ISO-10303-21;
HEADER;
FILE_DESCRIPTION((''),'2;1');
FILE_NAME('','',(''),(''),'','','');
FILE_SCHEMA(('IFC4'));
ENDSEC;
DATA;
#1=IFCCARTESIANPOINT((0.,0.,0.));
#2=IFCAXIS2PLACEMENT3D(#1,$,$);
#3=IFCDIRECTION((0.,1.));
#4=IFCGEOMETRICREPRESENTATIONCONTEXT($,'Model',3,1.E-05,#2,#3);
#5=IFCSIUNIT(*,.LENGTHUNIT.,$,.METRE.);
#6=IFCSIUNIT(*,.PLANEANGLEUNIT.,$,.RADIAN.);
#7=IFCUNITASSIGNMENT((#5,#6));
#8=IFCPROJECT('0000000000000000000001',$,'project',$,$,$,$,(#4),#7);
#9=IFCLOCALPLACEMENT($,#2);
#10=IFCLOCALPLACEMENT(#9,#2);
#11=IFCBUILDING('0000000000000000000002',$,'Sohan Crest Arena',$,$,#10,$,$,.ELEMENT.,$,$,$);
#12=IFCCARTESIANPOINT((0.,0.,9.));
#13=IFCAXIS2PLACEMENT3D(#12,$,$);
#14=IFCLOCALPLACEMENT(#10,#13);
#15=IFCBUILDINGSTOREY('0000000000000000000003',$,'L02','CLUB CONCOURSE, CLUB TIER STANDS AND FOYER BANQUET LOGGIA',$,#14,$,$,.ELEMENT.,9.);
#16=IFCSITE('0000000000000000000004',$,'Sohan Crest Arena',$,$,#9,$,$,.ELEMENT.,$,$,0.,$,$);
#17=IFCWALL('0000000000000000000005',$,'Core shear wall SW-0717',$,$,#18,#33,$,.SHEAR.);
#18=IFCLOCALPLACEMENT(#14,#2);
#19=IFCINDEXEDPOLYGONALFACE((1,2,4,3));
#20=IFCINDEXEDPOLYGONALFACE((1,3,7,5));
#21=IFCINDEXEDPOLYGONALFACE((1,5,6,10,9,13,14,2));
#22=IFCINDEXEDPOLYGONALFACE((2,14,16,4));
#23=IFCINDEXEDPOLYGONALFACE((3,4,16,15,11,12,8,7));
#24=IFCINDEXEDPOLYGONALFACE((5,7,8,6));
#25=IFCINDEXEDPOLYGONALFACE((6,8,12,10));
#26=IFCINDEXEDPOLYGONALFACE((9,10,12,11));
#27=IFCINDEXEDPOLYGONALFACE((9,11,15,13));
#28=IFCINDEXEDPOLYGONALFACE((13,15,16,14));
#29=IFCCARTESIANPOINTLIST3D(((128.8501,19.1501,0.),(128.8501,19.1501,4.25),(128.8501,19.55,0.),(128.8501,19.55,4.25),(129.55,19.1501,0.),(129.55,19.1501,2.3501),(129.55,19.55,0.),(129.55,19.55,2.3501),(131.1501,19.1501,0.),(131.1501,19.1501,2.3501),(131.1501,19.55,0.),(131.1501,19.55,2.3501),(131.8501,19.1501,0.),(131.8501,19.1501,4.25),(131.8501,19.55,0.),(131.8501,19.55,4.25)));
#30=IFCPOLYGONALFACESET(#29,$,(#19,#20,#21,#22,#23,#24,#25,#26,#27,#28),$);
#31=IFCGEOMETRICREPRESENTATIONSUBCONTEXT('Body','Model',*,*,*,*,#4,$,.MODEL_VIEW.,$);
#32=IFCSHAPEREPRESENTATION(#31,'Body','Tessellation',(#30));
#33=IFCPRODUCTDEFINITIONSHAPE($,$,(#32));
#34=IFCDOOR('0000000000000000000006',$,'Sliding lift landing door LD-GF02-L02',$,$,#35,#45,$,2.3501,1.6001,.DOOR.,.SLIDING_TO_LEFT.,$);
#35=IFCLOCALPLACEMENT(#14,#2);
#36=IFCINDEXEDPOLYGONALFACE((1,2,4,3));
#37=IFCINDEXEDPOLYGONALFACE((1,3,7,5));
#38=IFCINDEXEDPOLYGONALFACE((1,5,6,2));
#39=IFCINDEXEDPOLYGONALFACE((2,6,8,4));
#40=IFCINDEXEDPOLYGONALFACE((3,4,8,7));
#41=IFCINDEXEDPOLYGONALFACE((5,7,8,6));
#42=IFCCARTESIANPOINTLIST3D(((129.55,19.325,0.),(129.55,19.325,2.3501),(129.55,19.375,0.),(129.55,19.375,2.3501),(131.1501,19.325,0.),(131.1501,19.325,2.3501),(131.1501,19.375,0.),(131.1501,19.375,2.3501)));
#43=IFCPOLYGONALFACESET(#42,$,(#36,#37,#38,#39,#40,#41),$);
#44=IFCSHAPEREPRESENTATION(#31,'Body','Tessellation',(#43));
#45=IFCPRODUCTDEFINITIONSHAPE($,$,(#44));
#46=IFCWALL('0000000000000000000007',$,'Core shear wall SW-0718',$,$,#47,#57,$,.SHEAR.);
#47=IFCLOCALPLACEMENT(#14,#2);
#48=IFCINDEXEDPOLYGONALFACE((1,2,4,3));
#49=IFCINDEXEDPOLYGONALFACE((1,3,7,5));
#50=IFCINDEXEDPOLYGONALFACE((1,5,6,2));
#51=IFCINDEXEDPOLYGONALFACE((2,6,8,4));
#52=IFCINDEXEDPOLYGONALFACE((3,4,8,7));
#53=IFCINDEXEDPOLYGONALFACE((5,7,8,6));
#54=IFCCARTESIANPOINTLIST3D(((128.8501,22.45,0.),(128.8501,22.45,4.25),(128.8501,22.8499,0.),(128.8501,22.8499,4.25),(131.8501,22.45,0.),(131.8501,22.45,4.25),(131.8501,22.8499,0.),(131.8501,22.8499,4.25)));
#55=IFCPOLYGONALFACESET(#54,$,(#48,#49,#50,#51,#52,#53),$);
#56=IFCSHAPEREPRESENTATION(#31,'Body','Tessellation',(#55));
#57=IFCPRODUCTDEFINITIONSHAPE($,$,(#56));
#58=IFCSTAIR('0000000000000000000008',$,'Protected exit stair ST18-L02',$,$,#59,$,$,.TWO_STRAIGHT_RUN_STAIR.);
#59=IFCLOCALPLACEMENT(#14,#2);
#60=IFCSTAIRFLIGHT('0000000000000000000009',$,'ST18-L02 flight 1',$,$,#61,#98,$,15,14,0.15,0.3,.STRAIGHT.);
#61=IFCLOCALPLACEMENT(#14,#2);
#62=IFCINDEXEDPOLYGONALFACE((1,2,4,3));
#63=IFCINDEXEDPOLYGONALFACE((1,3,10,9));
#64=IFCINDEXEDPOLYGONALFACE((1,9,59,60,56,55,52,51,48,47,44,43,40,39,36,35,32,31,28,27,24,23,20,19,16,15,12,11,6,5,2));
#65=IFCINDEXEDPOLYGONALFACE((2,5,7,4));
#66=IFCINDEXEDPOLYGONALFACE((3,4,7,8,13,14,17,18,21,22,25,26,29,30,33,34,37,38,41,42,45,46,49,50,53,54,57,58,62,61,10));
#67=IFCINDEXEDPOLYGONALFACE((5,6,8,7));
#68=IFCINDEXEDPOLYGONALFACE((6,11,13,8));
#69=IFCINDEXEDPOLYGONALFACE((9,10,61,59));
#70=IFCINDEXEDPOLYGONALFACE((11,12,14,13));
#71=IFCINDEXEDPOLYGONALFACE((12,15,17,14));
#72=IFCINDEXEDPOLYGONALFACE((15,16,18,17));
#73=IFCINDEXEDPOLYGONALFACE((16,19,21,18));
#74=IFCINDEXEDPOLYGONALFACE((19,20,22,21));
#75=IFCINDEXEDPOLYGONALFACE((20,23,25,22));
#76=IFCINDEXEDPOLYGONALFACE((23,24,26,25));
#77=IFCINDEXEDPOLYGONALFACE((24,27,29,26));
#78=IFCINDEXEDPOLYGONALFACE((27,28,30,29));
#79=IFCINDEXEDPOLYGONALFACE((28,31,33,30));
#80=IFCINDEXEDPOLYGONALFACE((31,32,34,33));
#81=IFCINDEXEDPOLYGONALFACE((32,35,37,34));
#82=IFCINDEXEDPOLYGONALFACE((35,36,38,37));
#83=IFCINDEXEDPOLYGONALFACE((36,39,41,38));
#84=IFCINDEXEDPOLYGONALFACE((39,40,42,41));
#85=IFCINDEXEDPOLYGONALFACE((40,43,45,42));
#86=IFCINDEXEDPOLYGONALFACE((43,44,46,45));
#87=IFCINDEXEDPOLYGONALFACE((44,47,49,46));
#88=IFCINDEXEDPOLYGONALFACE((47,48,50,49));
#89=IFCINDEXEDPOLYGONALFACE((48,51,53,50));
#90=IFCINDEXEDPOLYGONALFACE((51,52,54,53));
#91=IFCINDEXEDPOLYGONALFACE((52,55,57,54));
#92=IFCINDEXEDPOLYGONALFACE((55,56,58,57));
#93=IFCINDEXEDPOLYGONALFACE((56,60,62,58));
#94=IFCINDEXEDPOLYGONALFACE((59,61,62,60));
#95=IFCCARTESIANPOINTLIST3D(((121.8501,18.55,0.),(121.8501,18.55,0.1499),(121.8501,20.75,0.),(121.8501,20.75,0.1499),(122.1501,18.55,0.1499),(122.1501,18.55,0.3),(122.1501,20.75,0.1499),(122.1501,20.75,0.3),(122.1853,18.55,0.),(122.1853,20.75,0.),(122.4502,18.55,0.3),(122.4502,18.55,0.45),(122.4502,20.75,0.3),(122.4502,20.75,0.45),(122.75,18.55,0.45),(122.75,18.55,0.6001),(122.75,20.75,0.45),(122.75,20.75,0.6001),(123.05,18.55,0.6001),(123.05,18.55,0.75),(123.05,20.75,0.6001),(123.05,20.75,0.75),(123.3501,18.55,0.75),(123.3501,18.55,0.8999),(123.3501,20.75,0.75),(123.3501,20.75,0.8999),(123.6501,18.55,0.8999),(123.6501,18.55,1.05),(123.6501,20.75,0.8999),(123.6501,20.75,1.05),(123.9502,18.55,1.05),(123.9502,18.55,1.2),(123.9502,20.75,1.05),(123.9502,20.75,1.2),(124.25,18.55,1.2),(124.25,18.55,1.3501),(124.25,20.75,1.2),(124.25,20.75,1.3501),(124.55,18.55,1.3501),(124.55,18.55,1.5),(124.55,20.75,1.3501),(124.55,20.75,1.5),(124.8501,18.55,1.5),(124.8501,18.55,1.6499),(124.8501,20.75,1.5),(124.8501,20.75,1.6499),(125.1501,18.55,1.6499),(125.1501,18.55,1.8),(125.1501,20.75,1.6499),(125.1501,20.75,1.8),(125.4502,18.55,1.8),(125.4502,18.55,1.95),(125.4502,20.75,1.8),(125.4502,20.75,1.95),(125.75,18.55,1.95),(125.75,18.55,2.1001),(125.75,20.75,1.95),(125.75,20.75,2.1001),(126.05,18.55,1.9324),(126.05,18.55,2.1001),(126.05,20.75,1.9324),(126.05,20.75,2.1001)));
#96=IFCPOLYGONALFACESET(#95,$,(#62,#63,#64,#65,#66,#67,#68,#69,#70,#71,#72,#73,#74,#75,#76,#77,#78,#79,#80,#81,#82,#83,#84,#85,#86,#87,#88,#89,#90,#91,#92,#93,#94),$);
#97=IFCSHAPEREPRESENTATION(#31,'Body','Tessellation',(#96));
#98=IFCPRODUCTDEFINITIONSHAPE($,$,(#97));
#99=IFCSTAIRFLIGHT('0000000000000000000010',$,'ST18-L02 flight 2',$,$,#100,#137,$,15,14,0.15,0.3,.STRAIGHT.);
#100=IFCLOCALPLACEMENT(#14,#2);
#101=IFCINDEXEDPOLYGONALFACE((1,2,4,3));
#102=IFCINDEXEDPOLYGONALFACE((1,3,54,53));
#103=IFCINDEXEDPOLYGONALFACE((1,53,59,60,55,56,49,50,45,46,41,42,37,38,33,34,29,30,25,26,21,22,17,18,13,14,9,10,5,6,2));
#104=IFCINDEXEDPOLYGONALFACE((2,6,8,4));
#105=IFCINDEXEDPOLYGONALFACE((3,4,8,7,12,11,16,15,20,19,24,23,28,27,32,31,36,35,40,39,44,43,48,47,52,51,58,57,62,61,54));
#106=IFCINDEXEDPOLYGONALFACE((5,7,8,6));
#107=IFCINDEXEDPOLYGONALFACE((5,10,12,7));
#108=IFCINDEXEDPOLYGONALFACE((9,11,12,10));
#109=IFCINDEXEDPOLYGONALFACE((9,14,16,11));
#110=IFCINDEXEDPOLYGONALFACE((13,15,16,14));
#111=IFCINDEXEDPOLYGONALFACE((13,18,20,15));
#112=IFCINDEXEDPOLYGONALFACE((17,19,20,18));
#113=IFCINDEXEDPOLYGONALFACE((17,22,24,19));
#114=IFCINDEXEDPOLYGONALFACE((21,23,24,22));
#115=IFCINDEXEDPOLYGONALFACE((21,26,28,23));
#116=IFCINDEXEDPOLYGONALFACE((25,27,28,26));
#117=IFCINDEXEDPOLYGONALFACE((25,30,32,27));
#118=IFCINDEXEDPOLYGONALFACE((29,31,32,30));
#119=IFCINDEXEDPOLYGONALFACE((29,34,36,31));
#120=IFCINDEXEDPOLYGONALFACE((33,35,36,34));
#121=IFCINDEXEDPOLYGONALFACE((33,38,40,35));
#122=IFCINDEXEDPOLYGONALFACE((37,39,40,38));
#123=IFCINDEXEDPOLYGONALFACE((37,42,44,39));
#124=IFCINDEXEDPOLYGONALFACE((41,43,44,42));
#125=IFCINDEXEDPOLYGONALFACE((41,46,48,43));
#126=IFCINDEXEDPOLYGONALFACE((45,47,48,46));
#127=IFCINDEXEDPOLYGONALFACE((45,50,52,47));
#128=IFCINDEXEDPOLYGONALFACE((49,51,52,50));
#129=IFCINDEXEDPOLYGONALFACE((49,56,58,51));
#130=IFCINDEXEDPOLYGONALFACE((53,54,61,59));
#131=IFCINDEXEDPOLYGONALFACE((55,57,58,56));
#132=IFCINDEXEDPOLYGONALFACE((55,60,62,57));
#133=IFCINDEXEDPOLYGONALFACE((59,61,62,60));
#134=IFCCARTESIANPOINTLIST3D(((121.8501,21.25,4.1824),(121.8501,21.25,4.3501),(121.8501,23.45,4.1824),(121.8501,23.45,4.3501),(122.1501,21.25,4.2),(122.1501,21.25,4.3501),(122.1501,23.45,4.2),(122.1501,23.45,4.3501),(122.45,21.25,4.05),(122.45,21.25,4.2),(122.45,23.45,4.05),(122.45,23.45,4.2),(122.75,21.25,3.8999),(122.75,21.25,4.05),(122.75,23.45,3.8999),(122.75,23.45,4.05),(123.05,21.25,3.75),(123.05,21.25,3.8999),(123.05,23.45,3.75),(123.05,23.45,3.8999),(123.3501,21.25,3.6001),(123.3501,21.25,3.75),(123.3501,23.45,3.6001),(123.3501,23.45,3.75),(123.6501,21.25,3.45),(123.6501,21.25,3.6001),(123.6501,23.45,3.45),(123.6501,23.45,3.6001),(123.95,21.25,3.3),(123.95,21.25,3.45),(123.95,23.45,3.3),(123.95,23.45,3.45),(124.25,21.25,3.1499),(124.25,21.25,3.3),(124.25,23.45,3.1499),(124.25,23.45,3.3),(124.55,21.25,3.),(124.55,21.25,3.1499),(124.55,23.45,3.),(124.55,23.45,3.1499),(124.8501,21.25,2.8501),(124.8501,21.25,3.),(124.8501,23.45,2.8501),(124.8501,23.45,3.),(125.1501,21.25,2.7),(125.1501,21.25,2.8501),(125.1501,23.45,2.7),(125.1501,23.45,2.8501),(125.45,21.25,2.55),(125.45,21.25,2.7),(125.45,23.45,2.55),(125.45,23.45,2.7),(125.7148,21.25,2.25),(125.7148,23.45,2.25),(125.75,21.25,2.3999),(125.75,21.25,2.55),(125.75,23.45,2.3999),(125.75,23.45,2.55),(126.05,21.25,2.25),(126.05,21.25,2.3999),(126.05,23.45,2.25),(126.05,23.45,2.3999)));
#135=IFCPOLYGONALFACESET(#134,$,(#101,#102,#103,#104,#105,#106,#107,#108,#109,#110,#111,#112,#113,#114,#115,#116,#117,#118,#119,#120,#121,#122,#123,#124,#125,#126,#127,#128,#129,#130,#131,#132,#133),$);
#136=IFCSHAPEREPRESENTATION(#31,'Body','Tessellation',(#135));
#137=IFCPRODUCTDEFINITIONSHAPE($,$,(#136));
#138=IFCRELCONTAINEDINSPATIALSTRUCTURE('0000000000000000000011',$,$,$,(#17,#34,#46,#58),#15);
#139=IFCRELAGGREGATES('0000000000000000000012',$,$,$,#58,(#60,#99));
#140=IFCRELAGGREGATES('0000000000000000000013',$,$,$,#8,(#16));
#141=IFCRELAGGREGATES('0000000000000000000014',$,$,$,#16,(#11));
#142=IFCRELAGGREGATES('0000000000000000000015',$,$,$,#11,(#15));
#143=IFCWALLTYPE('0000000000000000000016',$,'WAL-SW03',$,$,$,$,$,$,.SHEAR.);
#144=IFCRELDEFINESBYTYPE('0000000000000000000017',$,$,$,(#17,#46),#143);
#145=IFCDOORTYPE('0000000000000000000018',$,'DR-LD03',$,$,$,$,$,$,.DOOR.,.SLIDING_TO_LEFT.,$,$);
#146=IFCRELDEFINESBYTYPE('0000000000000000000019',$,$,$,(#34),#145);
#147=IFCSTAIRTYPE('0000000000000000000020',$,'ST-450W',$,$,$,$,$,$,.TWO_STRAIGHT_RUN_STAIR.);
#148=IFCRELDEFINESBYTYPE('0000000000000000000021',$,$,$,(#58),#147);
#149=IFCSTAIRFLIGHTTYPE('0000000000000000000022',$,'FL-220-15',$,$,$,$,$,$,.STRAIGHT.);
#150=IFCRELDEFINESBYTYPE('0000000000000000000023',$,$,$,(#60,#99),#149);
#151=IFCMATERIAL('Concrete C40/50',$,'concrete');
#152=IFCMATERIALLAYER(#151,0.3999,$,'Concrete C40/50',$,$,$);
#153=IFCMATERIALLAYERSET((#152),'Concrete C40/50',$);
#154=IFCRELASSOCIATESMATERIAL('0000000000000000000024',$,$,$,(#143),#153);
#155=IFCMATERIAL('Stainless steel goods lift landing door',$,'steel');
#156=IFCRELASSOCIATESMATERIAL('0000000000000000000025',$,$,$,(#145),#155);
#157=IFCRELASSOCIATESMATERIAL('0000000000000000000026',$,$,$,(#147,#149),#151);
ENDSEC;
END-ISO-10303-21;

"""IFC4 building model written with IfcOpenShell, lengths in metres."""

from ifc_helpers import new_model, si_unit, direction, frame, frame_2d, origin, place, context, subcontext, project, spatial, polyline, rectangle, outline, extrude, material, layer, layer_set, type_object, element, fill, aggregate, save


model = new_model("IFC4")

# Units and contexts
model_context = context("Model", 3, precision=1e-05, world=origin(), true_north=direction((0.0, 1.0)))
body_context = subcontext(model_context, "Body", "Model", "MODEL_VIEW")
ifc_project = project(units=[si_unit("LENGTHUNIT", "METRE"), si_unit("PLANEANGLEUNIT", "RADIAN")], contexts=[model_context])

# Site, building, storey
site_placement = place(None, origin())
site = spatial("IfcSite", under=ifc_project, at=site_placement, Name="Sohan Crest Arena", CompositionType="ELEMENT", RefElevation=0.0)
building_placement = place(site_placement, origin())
building = spatial("IfcBuilding", under=site, at=building_placement, Name="Sohan Crest Arena", CompositionType="ELEMENT")
storey_placement = place(building_placement, frame((0.0, 0.0, 9.0)))
storey = spatial("IfcBuildingStorey", under=building, at=storey_placement, Name="L02", Description="CLUB CONCOURSE, CLUB TIER STANDS AND FOYER BANQUET LOGGIA", CompositionType="ELEMENT", Elevation=9.0)

# Shared definitions
ifc_material_1 = material(Name="Concrete C40/50", Category="concrete")
ifc_layer_1 = layer(ifc_material_1, 0.3999, Name="Concrete C40/50")
ifc_layer_set_1 = layer_set([ifc_layer_1], Name="Concrete C40/50")
wall_type = type_object("IfcWallType", Name="WAL-SW03", PredefinedType="SHEAR", material=ifc_layer_set_1)

# Wall, opening, door
wall_1_placement = place(storey_placement, frame((128.8501, 19.3501, 0.0), z_axis=(0.0, 0.0, 1.0), x_axis=(1.0, 0.0, 0.0)))
wall_1 = element("IfcWall", 1, at=wall_1_placement, inside=storey, type_object=wall_type, Name="Core shear wall SW-0717", PredefinedType="SHEAR", context=body_context, shape_type="SweptSolid", body=[
    extrude(rectangle(XDim=3.0, YDim=0.3999, at=frame_2d((1.5, 0.0))), origin(), (0.0, 0.0, 1.0), 4.25),
])
opening_placement = place(wall_1_placement, frame((0.7, 0.0, 0.0)))
opening = element("IfcOpeningElement", 2, at=opening_placement, cuts=wall_1, PredefinedType="OPENING", context=body_context, shape_type="SweptSolid", body=[
    extrude(rectangle(XDim=1.6001, YDim=2.3501, at=frame_2d((0.8, 1.175))), frame((0.0, 0.21, 0.0), z_axis=(0.0, -1.0, 0.0), x_axis=(1.0, 0.0, 0.0)), (0.0, 0.0, 1.0), 0.4199),
])
ifc_material_2 = material(Name="Stainless steel goods lift landing door", Category="steel")
door_type = type_object("IfcDoorType", Name="DR-LD03", OperationType="SLIDING_TO_LEFT", PredefinedType="DOOR", material=ifc_material_2)
door_placement = place(opening_placement, origin())
door = element("IfcDoor", 3, at=door_placement, inside=storey, type_object=door_type, Name="Sliding lift landing door LD-GF02-L02", OperationType="SLIDING_TO_LEFT", OverallHeight=2.3501, OverallWidth=1.6001, PredefinedType="DOOR", context=body_context, shape_type="SweptSolid", body=[
    extrude(rectangle(XDim=1.6001, YDim=2.3501, at=frame_2d((0.8, 1.175))), frame((0.0, 0.0249, 0.0), z_axis=(0.0, -1.0, 0.0), x_axis=(1.0, 0.0, 0.0)), (0.0, 0.0, 1.0), 0.05),
])
fill(opening, door)

# Wall
wall_2_placement = place(storey_placement, frame((128.8501, 22.6499, 0.0), z_axis=(0.0, 0.0, 1.0), x_axis=(1.0, 0.0, 0.0)))
element("IfcWall", 4, at=wall_2_placement, inside=storey, type_object=wall_type, Name="Core shear wall SW-0718", PredefinedType="SHEAR", context=body_context, shape_type="SweptSolid", body=[
    extrude(rectangle(XDim=3.0, YDim=0.3999, at=frame_2d((1.5, 0.0))), origin(), (0.0, 0.0, 1.0), 4.25),
])

# Stair, stair flights
stair_type = type_object("IfcStairType", Name="ST-450W", PredefinedType="TWO_STRAIGHT_RUN_STAIR", material=ifc_material_1)
stair_placement = place(storey_placement, origin())
stair = element("IfcStair", 5, at=stair_placement, inside=storey, type_object=stair_type, Name="Protected exit stair ST18-L02", PredefinedType="TWO_STRAIGHT_RUN_STAIR")
stair_flight_type = type_object("IfcStairFlightType", Name="FL-220-15", PredefinedType="STRAIGHT", material=ifc_material_1)
stair_flight_1_placement = place(storey_placement, frame((121.8501, 19.6499, 0.0), z_axis=(0.0, 0.0, 1.0), x_axis=(1.0, 0.0, 0.0)))
stair_flight_1 = element("IfcStairFlight", 6, at=stair_flight_1_placement, type_object=stair_flight_type, Name="ST18-L02 flight 1", NumberOfRisers=15, NumberOfTreads=14, PredefinedType="STRAIGHT", RiserHeight=0.15, TreadLength=0.3, context=body_context, shape_type="SweptSolid", body=[
    extrude(outline(polyline([(0.0, 0.0), (0.0, 0.1499), (0.3, 0.1499), (0.3, 0.3), (0.6001, 0.3), (0.6001, 0.45), (0.8999, 0.45), (0.8999, 0.6001), (1.2, 0.6001), (1.2, 0.75), (1.5, 0.75), (1.5, 0.8999), (1.8, 0.8999), (1.8, 1.05), (2.1001, 1.05), (2.1001, 1.2), (2.3999, 1.2), (2.3999, 1.3501), (2.7, 1.3501), (2.7, 1.5), (3.0, 1.5), (3.0, 1.6499), (3.3, 1.6499), (3.3, 1.8), (3.6001, 1.8), (3.6001, 1.95), (3.8999, 1.95), (3.8999, 2.1001), (4.2, 2.1001), (4.2, 2.25), (4.2, 1.9324), (0.3352, 0.0), (0.0, 0.0)])), frame((0.0, 1.1001, 0.0), z_axis=(0.0, -1.0, 0.0), x_axis=(1.0, 0.0, 0.0)), (0.0, 0.0, 1.0), 2.2),
])
stair_flight_2_placement = place(storey_placement, frame((126.05, 22.3501, 2.25), z_axis=(0.0, 0.0, 1.0), x_axis=(-1.0, 0.0, 0.0)))
stair_flight_2 = element("IfcStairFlight", 7, at=stair_flight_2_placement, type_object=stair_flight_type, Name="ST18-L02 flight 2", NumberOfRisers=15, NumberOfTreads=14, PredefinedType="STRAIGHT", RiserHeight=0.15, TreadLength=0.3, context=body_context, shape_type="SweptSolid", body=[
    extrude(outline(polyline([(0.0, 0.0), (0.0, 0.1499), (0.3, 0.1499), (0.3, 0.3), (0.6001, 0.3), (0.6001, 0.45), (0.8999, 0.45), (0.8999, 0.6001), (1.2, 0.6001), (1.2, 0.75), (1.5, 0.75), (1.5, 0.8999), (1.8, 0.8999), (1.8, 1.05), (2.1001, 1.05), (2.1001, 1.2), (2.3999, 1.2), (2.3999, 1.3501), (2.7, 1.3501), (2.7, 1.5), (3.0, 1.5), (3.0, 1.6499), (3.3, 1.6499), (3.3, 1.8), (3.6001, 1.8), (3.6001, 1.95), (3.8999, 1.95), (3.8999, 2.1001), (4.2, 2.1001), (4.2, 2.25), (4.2, 1.9324), (0.3352, 0.0), (0.0, 0.0)])), frame((0.0, 1.1001, 0.0), z_axis=(0.0, -1.0, 0.0), x_axis=(1.0, 0.0, 0.0)), (0.0, 0.0, 1.0), 2.2),
])
aggregate(stair, [stair_flight_1, stair_flight_2])

save(model, "model.ifc")
